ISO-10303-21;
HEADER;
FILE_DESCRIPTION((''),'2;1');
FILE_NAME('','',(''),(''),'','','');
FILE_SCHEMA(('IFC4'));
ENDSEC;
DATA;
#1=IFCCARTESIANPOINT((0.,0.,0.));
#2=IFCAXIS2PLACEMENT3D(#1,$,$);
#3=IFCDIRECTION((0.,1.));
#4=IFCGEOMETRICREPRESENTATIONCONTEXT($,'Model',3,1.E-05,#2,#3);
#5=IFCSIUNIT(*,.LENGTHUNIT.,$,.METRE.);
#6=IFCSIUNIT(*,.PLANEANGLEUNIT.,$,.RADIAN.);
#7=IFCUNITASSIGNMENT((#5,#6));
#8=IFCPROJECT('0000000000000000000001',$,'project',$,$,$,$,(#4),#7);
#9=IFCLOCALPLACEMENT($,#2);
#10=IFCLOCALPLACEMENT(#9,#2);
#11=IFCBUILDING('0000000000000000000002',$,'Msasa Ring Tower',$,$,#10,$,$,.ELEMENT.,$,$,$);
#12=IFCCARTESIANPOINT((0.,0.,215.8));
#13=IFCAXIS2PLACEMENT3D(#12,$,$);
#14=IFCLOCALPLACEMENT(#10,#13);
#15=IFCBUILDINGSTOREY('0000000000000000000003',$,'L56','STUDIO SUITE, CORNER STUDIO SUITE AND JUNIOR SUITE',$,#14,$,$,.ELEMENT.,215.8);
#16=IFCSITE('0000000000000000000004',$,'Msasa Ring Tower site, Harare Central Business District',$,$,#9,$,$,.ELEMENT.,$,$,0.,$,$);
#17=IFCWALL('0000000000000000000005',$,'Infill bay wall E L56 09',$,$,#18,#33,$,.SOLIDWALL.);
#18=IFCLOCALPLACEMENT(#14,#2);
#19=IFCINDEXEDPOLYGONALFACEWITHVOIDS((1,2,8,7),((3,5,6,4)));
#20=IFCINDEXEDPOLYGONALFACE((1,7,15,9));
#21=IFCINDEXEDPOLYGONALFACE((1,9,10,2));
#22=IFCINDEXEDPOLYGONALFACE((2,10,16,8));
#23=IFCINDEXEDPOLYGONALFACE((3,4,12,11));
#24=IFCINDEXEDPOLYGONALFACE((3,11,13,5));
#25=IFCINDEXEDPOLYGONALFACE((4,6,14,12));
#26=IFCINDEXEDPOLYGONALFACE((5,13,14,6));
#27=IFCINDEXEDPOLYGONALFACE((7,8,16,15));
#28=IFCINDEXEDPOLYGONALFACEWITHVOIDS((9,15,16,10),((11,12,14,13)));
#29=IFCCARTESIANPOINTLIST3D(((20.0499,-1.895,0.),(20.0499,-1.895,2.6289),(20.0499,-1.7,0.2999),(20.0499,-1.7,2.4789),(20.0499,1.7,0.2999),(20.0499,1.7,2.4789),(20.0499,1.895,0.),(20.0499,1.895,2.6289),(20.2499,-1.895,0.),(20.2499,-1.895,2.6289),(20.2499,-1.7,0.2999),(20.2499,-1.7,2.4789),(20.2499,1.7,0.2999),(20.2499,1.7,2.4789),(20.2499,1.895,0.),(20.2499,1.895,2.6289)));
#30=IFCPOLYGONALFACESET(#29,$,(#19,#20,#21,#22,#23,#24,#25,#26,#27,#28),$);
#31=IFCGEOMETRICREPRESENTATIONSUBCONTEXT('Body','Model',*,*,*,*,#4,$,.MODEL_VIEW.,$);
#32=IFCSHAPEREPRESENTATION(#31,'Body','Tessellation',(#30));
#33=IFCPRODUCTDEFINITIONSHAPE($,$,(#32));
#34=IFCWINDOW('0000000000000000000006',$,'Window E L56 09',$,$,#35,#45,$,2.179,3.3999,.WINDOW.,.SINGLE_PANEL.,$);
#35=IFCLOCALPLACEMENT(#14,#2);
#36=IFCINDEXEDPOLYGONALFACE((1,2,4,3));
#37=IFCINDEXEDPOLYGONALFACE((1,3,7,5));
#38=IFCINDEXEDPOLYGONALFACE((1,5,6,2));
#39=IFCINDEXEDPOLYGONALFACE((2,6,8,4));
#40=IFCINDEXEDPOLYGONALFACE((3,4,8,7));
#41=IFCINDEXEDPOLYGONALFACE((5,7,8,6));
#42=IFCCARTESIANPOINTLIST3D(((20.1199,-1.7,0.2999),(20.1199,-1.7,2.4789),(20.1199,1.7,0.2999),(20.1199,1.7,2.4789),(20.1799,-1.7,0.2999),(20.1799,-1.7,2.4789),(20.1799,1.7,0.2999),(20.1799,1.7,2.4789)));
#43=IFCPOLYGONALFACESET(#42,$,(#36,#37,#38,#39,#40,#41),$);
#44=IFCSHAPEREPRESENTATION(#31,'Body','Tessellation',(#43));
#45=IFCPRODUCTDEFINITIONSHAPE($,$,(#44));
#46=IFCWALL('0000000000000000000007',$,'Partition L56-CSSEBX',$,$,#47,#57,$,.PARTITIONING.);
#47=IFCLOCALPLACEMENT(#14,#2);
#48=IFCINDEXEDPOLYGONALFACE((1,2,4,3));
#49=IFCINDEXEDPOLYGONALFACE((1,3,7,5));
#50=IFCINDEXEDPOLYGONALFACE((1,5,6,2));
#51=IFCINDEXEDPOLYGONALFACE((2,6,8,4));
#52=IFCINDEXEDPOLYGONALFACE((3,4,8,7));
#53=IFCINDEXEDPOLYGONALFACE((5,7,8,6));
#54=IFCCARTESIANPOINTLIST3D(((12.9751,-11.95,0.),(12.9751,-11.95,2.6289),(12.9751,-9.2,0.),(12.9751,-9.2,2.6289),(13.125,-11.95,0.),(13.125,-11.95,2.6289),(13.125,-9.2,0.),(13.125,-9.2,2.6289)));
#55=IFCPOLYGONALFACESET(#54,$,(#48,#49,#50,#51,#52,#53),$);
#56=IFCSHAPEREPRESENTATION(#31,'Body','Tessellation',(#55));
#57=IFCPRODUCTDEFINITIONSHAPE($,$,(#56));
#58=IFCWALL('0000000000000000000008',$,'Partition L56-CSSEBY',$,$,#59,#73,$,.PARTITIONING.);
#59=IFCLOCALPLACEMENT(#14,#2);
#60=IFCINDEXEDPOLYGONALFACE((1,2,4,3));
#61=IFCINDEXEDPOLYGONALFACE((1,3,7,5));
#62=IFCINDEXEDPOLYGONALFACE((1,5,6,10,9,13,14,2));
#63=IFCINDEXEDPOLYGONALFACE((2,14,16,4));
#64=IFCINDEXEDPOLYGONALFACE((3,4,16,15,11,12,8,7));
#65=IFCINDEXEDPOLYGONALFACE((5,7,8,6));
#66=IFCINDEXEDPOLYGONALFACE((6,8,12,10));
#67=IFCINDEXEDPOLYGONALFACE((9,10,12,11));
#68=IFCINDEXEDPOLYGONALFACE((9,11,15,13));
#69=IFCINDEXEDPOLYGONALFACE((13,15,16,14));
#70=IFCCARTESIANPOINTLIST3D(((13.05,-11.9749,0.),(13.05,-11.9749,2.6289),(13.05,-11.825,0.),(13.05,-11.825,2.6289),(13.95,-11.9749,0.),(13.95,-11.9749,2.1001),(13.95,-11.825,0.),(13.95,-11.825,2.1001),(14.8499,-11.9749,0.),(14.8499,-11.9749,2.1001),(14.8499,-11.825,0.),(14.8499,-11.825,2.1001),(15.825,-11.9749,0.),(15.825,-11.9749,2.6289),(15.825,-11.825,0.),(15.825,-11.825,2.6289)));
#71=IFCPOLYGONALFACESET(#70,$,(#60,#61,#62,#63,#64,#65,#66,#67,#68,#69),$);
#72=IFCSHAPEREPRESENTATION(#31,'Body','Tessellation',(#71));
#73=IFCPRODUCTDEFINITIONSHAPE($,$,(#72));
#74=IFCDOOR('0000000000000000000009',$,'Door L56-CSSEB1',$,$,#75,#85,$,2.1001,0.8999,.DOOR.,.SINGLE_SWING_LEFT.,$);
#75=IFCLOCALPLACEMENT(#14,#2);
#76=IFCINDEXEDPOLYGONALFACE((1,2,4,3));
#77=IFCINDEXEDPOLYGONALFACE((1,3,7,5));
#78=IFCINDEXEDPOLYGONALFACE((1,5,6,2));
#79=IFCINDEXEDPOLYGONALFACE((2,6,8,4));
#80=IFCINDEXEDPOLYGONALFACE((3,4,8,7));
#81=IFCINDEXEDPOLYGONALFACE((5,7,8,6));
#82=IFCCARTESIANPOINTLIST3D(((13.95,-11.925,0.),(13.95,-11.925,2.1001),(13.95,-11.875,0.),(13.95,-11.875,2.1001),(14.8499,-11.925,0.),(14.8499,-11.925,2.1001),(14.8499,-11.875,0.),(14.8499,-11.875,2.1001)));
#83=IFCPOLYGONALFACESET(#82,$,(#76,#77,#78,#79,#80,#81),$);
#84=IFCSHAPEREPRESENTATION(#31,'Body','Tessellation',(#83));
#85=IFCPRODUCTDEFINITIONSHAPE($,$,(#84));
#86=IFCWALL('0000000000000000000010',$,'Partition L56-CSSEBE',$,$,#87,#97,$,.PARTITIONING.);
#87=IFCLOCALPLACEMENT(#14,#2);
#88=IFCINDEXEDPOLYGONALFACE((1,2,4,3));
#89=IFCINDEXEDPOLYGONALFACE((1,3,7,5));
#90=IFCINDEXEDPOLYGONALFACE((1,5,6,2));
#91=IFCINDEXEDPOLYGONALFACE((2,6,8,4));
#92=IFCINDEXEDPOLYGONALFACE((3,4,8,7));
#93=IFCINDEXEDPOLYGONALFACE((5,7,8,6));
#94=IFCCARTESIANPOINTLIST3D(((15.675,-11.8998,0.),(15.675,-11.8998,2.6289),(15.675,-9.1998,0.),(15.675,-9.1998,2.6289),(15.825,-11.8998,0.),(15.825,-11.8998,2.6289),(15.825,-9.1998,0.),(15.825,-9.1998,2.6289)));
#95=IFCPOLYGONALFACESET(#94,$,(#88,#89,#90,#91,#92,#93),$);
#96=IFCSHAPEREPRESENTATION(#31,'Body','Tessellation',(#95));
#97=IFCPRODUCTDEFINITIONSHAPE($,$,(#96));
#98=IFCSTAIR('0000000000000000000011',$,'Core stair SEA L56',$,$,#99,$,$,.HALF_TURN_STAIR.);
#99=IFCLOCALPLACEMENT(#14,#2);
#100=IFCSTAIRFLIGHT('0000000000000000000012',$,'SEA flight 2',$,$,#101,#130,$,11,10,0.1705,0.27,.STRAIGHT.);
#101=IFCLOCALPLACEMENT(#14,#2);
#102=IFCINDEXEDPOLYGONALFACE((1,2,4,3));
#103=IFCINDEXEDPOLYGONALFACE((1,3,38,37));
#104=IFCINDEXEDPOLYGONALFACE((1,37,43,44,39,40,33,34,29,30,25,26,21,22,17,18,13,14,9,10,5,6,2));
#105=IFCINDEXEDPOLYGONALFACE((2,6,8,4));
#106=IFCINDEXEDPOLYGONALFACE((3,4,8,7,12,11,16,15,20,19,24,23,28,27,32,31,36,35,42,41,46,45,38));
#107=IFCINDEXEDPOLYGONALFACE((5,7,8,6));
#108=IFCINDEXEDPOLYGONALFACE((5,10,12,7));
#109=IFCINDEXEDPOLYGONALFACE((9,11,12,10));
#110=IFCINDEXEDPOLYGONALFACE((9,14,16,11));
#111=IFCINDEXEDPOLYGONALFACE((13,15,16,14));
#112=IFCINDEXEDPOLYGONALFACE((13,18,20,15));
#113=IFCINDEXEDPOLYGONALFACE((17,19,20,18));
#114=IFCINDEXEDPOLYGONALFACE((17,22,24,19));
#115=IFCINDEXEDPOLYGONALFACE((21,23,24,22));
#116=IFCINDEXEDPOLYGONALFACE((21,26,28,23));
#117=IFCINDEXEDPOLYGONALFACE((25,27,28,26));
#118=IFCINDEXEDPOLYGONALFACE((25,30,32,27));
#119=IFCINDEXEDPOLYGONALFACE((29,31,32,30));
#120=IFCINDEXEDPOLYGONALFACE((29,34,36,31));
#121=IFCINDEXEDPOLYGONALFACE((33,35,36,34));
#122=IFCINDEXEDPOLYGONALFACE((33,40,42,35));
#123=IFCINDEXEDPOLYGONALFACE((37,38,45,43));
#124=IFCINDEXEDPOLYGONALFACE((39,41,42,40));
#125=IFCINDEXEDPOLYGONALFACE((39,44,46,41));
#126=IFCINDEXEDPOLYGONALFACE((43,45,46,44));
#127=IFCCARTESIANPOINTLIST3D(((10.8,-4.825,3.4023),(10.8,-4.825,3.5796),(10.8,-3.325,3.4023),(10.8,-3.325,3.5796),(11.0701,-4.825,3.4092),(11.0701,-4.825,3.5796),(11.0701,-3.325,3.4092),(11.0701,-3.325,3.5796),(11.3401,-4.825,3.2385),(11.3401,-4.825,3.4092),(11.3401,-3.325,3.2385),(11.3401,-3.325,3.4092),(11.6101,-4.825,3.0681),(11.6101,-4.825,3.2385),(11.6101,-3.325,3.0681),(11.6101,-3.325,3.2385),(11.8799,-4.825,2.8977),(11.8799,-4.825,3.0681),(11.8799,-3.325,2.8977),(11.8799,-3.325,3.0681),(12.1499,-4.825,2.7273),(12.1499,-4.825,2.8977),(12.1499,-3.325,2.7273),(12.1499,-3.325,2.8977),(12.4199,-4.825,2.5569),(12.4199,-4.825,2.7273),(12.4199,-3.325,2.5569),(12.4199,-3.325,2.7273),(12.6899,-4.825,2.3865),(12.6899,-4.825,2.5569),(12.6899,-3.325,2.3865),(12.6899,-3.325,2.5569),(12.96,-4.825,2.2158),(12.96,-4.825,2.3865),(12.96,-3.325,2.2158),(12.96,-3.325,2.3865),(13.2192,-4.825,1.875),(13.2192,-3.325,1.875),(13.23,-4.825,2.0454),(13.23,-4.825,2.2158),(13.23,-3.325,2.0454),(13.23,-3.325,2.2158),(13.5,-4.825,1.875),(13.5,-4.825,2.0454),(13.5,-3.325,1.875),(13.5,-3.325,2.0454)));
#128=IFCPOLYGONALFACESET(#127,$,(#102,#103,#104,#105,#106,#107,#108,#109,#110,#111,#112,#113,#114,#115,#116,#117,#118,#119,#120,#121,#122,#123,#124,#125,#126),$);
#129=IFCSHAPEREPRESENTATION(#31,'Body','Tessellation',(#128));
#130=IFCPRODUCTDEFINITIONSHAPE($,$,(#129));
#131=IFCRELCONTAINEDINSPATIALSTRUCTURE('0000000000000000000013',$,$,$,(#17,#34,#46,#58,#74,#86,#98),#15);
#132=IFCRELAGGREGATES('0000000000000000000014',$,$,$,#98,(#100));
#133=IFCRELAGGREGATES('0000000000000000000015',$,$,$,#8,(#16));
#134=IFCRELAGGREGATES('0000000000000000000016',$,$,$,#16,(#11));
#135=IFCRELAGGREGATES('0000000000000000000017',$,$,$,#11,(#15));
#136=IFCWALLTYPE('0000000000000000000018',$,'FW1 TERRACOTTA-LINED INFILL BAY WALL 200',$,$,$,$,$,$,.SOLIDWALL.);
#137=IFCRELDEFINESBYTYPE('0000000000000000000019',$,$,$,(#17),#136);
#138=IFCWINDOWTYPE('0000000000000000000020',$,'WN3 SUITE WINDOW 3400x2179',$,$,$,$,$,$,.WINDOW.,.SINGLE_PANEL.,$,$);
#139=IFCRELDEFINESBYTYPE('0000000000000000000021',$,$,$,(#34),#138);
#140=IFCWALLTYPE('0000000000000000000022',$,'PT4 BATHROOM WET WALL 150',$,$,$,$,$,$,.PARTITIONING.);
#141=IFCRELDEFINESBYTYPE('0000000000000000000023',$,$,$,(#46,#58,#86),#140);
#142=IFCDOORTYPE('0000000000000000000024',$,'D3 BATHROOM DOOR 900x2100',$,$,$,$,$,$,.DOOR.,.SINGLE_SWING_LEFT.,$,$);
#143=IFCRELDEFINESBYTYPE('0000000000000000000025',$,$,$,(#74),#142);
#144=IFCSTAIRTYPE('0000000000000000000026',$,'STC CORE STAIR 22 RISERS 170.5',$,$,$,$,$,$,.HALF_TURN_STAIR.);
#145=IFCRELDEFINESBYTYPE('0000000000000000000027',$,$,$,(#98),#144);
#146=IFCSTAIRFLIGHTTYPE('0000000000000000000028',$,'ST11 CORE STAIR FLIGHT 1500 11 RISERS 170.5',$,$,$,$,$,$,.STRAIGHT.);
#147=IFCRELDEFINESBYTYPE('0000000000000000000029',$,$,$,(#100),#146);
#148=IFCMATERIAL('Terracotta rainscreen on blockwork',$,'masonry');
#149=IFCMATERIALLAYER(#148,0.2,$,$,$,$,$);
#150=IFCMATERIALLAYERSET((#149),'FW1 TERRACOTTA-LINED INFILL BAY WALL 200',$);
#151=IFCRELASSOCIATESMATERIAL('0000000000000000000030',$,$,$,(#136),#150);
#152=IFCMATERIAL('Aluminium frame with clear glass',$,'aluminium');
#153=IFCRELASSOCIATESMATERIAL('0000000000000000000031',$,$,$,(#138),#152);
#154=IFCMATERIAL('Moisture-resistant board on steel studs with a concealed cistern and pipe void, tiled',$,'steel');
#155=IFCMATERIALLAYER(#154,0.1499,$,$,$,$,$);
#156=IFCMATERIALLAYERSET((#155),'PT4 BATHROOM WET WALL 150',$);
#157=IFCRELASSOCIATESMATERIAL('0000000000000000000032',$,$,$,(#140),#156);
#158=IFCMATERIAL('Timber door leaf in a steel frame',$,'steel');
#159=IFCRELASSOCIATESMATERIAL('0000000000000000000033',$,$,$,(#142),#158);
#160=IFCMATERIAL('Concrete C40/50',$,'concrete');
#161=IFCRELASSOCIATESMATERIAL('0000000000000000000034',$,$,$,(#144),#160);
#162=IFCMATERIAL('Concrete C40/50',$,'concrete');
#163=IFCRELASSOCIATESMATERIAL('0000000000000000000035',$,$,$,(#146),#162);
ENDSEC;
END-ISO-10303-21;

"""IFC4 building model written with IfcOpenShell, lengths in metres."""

from ifc_helpers import new_model, si_unit, direction, frame, frame_2d, origin, place, context, subcontext, project, spatial, polyline, rectangle, outline, extrude, material, layer, layer_set, type_object, element, fill, aggregate, save


model = new_model("IFC4")

# Units and contexts
model_context = context("Model", 3, precision=1e-05, world=origin(), true_north=direction((0.0, 1.0)))
body_context = subcontext(model_context, "Body", "Model", "MODEL_VIEW")
ifc_project = project(units=[si_unit("LENGTHUNIT", "METRE"), si_unit("PLANEANGLEUNIT", "RADIAN")], contexts=[model_context])

# Site, building, storey
site_placement = place(None, origin())
site = spatial("IfcSite", under=ifc_project, at=site_placement, Name="Msasa Ring Tower site, Harare Central Business District", CompositionType="ELEMENT", RefElevation=0.0)
building_placement = place(site_placement, origin())
building = spatial("IfcBuilding", under=site, at=building_placement, Name="Msasa Ring Tower", CompositionType="ELEMENT")
storey_placement = place(building_placement, frame((0.0, 0.0, 215.8)))
storey = spatial("IfcBuildingStorey", under=building, at=storey_placement, Name="L56", Description="STUDIO SUITE, CORNER STUDIO SUITE AND JUNIOR SUITE", CompositionType="ELEMENT", Elevation=215.8)

# Wall, opening, window
ifc_material_1 = material(Name="Terracotta rainscreen on blockwork", Category="masonry")
ifc_layer_1 = layer(ifc_material_1, 0.2)
ifc_layer_set_1 = layer_set([ifc_layer_1], Name="FW1 TERRACOTTA-LINED INFILL BAY WALL 200")
wall_type_1 = type_object("IfcWallType", Name="FW1 TERRACOTTA-LINED INFILL BAY WALL 200", PredefinedType="SOLIDWALL", material=ifc_layer_set_1)
ifc_material_2 = material(Name="Aluminium frame with clear glass", Category="aluminium")
window_type = type_object("IfcWindowType", Name="WN3 SUITE WINDOW 3400x2179", PartitioningType="SINGLE_PANEL", PredefinedType="WINDOW", material=ifc_material_2)
wall_1_placement = place(storey_placement, frame((20.1499, -1.895, 0.0), z_axis=(0.0, 0.0, 1.0), x_axis=(0.0, 1.0, 0.0)))
wall_1 = element("IfcWall", 1, at=wall_1_placement, inside=storey, type_object=wall_type_1, Name="Infill bay wall E L56 09", PredefinedType="SOLIDWALL", context=body_context, shape_type="SweptSolid", body=[
    extrude(rectangle(XDim=3.79, YDim=0.2, at=frame_2d((1.895, 0.0))), origin(), (0.0, 0.0, 1.0), 2.6289),
])
opening_1_placement = place(wall_1_placement, frame((0.1951, 0.0, 0.3)))
opening_1 = element("IfcOpeningElement", 2, at=opening_1_placement, cuts=wall_1, PredefinedType="OPENING", context=body_context, shape_type="SweptSolid", body=[
    extrude(rectangle(XDim=3.3999, YDim=2.179, at=frame_2d((1.7, 1.0894))), frame((0.0, 0.1099, 0.0), z_axis=(0.0, -1.0, 0.0), x_axis=(1.0, 0.0, 0.0)), (0.0, 0.0, 1.0), 0.22),
])
window_1_placement = place(opening_1_placement, origin())
window_1 = element("IfcWindow", 3, at=window_1_placement, inside=storey, type_object=window_type, Name="Window E L56 09", OverallHeight=2.179, OverallWidth=3.3999, PartitioningType="SINGLE_PANEL", PredefinedType="WINDOW", context=body_context, shape_type="SweptSolid", body=[
    extrude(rectangle(XDim=3.3999, YDim=2.179, at=frame_2d((1.7, 1.0894))), frame((0.0, 0.03, 0.0), z_axis=(0.0, -1.0, 0.0), x_axis=(1.0, 0.0, 0.0)), (0.0, 0.0, 1.0), 0.0601),
])
fill(opening_1, window_1)

# Wall
ifc_material_3 = material(Name="Moisture-resistant board on steel studs with a concealed cistern and pipe void, tiled", Category="steel")
ifc_layer_2 = layer(ifc_material_3, 0.1499)
ifc_layer_set_2 = layer_set([ifc_layer_2], Name="PT4 BATHROOM WET WALL 150")
wall_type_2 = type_object("IfcWallType", Name="PT4 BATHROOM WET WALL 150", PredefinedType="PARTITIONING", material=ifc_layer_set_2)
wall_2_placement = place(storey_placement, frame((13.05, -11.95, 0.0), z_axis=(0.0, 0.0, 1.0), x_axis=(0.0, 1.0, 0.0)))
element("IfcWall", 4, at=wall_2_placement, inside=storey, type_object=wall_type_2, Name="Partition L56-CSSEBX", PredefinedType="PARTITIONING", context=body_context, shape_type="SweptSolid", body=[
    extrude(rectangle(XDim=2.75, YDim=0.1499, at=frame_2d((1.375, 0.0))), origin(), (0.0, 0.0, 1.0), 2.6289),
])

# Wall, opening, door
wall_3_placement = place(storey_placement, frame((13.05, -11.8999, 0.0), z_axis=(0.0, 0.0, 1.0), x_axis=(1.0, 0.0, 0.0)))
wall_3 = element("IfcWall", 5, at=wall_3_placement, inside=storey, type_object=wall_type_2, Name="Partition L56-CSSEBY", PredefinedType="PARTITIONING", context=body_context, shape_type="SweptSolid", body=[
    extrude(rectangle(XDim=2.7749, YDim=0.1499, at=frame_2d((1.3875, 0.0))), origin(), (0.0, 0.0, 1.0), 2.6289),
])
opening_2_placement = place(wall_3_placement, frame((0.8999, 0.0, 0.0)))
opening_2 = element("IfcOpeningElement", 6, at=opening_2_placement, cuts=wall_3, PredefinedType="OPENING", context=body_context, shape_type="SweptSolid", body=[
    extrude(rectangle(XDim=0.8999, YDim=2.1001, at=frame_2d((0.45, 1.05))), frame((0.0, 0.085, 0.0), z_axis=(0.0, -1.0, 0.0), x_axis=(1.0, 0.0, 0.0)), (0.0, 0.0, 1.0), 0.1699),
])
ifc_material_4 = material(Name="Timber door leaf in a steel frame", Category="steel")
door_type_1 = type_object("IfcDoorType", Name="D3 BATHROOM DOOR 900x2100", OperationType="SINGLE_SWING_LEFT", PredefinedType="DOOR", material=ifc_material_4)
door_1_placement = place(opening_2_placement, origin())
door_1 = element("IfcDoor", 7, at=door_1_placement, inside=storey, type_object=door_type_1, Name="Door L56-CSSEB1", OperationType="SINGLE_SWING_LEFT", OverallHeight=2.1001, OverallWidth=0.8999, PredefinedType="DOOR", context=body_context, shape_type="SweptSolid", body=[
    extrude(rectangle(XDim=0.8999, YDim=2.1001, at=frame_2d((0.45, 1.05))), frame((0.0, 0.0249, 0.0), z_axis=(0.0, -1.0, 0.0), x_axis=(1.0, 0.0, 0.0)), (0.0, 0.0, 1.0), 0.05),
])
fill(opening_2, door_1)

# Wall
wall_4_placement = place(storey_placement, frame((15.75, -11.8999, 0.0), z_axis=(0.0, 0.0, 1.0), x_axis=(0.0, 1.0, 0.0)))
element("IfcWall", 8, at=wall_4_placement, inside=storey, type_object=wall_type_2, Name="Partition L56-CSSEBE", PredefinedType="PARTITIONING", context=body_context, shape_type="SweptSolid", body=[
    extrude(rectangle(XDim=2.7, YDim=0.1499, at=frame_2d((1.3501, 0.0))), origin(), (0.0, 0.0, 1.0), 2.6289),
])

# Stair, stair flight
ifc_material_5 = material(Name="Concrete C40/50", Category="concrete")
stair_type = type_object("IfcStairType", Name="STC CORE STAIR 22 RISERS 170.5", PredefinedType="HALF_TURN_STAIR", material=ifc_material_5)
stair_placement = place(storey_placement, origin())
stair = element("IfcStair", 9, at=stair_placement, inside=storey, type_object=stair_type, Name="Core stair SEA L56", PredefinedType="HALF_TURN_STAIR")
ifc_material_6 = material(Name="Concrete C40/50", Category="concrete")
stair_flight_type = type_object("IfcStairFlightType", Name="ST11 CORE STAIR FLIGHT 1500 11 RISERS 170.5", PredefinedType="STRAIGHT", material=ifc_material_6)
stair_flight_placement = place(storey_placement, frame((13.5, -4.075, 1.875), z_axis=(0.0, 0.0, 1.0), x_axis=(-1.0, 0.0, 0.0)))
stair_flight = element("IfcStairFlight", 10, at=stair_flight_placement, type_object=stair_flight_type, Name="SEA flight 2", NumberOfRisers=11, NumberOfTreads=10, PredefinedType="STRAIGHT", RiserHeight=0.1705, TreadLength=0.27, context=body_context, shape_type="SweptSolid", body=[
    extrude(outline(polyline([(0.0, 0.0), (0.0, 0.1704), (0.27, 0.1704), (0.27, 0.3408), (0.54, 0.3408), (0.54, 0.5115), (0.8101, 0.5115), (0.8101, 0.6819), (1.0801, 0.6819), (1.0801, 0.8523), (1.3501, 0.8523), (1.3501, 1.0227), (1.6201, 1.0227), (1.6201, 1.1931), (1.8899, 1.1931), (1.8899, 1.3635), (2.1599, 1.3635), (2.1599, 1.5342), (2.4299, 1.5342), (2.4299, 1.7046), (2.7, 1.7046), (2.7, 1.875), (2.7, 1.5273), (0.2808, 0.0), (0.0, 0.0)])), frame((0.0, 0.75, 0.0), z_axis=(0.0, -1.0, 0.0), x_axis=(1.0, 0.0, 0.0)), (0.0, 0.0, 1.0), 1.5),
])
aggregate(stair, [stair_flight])

save(model, "model.ifc")
